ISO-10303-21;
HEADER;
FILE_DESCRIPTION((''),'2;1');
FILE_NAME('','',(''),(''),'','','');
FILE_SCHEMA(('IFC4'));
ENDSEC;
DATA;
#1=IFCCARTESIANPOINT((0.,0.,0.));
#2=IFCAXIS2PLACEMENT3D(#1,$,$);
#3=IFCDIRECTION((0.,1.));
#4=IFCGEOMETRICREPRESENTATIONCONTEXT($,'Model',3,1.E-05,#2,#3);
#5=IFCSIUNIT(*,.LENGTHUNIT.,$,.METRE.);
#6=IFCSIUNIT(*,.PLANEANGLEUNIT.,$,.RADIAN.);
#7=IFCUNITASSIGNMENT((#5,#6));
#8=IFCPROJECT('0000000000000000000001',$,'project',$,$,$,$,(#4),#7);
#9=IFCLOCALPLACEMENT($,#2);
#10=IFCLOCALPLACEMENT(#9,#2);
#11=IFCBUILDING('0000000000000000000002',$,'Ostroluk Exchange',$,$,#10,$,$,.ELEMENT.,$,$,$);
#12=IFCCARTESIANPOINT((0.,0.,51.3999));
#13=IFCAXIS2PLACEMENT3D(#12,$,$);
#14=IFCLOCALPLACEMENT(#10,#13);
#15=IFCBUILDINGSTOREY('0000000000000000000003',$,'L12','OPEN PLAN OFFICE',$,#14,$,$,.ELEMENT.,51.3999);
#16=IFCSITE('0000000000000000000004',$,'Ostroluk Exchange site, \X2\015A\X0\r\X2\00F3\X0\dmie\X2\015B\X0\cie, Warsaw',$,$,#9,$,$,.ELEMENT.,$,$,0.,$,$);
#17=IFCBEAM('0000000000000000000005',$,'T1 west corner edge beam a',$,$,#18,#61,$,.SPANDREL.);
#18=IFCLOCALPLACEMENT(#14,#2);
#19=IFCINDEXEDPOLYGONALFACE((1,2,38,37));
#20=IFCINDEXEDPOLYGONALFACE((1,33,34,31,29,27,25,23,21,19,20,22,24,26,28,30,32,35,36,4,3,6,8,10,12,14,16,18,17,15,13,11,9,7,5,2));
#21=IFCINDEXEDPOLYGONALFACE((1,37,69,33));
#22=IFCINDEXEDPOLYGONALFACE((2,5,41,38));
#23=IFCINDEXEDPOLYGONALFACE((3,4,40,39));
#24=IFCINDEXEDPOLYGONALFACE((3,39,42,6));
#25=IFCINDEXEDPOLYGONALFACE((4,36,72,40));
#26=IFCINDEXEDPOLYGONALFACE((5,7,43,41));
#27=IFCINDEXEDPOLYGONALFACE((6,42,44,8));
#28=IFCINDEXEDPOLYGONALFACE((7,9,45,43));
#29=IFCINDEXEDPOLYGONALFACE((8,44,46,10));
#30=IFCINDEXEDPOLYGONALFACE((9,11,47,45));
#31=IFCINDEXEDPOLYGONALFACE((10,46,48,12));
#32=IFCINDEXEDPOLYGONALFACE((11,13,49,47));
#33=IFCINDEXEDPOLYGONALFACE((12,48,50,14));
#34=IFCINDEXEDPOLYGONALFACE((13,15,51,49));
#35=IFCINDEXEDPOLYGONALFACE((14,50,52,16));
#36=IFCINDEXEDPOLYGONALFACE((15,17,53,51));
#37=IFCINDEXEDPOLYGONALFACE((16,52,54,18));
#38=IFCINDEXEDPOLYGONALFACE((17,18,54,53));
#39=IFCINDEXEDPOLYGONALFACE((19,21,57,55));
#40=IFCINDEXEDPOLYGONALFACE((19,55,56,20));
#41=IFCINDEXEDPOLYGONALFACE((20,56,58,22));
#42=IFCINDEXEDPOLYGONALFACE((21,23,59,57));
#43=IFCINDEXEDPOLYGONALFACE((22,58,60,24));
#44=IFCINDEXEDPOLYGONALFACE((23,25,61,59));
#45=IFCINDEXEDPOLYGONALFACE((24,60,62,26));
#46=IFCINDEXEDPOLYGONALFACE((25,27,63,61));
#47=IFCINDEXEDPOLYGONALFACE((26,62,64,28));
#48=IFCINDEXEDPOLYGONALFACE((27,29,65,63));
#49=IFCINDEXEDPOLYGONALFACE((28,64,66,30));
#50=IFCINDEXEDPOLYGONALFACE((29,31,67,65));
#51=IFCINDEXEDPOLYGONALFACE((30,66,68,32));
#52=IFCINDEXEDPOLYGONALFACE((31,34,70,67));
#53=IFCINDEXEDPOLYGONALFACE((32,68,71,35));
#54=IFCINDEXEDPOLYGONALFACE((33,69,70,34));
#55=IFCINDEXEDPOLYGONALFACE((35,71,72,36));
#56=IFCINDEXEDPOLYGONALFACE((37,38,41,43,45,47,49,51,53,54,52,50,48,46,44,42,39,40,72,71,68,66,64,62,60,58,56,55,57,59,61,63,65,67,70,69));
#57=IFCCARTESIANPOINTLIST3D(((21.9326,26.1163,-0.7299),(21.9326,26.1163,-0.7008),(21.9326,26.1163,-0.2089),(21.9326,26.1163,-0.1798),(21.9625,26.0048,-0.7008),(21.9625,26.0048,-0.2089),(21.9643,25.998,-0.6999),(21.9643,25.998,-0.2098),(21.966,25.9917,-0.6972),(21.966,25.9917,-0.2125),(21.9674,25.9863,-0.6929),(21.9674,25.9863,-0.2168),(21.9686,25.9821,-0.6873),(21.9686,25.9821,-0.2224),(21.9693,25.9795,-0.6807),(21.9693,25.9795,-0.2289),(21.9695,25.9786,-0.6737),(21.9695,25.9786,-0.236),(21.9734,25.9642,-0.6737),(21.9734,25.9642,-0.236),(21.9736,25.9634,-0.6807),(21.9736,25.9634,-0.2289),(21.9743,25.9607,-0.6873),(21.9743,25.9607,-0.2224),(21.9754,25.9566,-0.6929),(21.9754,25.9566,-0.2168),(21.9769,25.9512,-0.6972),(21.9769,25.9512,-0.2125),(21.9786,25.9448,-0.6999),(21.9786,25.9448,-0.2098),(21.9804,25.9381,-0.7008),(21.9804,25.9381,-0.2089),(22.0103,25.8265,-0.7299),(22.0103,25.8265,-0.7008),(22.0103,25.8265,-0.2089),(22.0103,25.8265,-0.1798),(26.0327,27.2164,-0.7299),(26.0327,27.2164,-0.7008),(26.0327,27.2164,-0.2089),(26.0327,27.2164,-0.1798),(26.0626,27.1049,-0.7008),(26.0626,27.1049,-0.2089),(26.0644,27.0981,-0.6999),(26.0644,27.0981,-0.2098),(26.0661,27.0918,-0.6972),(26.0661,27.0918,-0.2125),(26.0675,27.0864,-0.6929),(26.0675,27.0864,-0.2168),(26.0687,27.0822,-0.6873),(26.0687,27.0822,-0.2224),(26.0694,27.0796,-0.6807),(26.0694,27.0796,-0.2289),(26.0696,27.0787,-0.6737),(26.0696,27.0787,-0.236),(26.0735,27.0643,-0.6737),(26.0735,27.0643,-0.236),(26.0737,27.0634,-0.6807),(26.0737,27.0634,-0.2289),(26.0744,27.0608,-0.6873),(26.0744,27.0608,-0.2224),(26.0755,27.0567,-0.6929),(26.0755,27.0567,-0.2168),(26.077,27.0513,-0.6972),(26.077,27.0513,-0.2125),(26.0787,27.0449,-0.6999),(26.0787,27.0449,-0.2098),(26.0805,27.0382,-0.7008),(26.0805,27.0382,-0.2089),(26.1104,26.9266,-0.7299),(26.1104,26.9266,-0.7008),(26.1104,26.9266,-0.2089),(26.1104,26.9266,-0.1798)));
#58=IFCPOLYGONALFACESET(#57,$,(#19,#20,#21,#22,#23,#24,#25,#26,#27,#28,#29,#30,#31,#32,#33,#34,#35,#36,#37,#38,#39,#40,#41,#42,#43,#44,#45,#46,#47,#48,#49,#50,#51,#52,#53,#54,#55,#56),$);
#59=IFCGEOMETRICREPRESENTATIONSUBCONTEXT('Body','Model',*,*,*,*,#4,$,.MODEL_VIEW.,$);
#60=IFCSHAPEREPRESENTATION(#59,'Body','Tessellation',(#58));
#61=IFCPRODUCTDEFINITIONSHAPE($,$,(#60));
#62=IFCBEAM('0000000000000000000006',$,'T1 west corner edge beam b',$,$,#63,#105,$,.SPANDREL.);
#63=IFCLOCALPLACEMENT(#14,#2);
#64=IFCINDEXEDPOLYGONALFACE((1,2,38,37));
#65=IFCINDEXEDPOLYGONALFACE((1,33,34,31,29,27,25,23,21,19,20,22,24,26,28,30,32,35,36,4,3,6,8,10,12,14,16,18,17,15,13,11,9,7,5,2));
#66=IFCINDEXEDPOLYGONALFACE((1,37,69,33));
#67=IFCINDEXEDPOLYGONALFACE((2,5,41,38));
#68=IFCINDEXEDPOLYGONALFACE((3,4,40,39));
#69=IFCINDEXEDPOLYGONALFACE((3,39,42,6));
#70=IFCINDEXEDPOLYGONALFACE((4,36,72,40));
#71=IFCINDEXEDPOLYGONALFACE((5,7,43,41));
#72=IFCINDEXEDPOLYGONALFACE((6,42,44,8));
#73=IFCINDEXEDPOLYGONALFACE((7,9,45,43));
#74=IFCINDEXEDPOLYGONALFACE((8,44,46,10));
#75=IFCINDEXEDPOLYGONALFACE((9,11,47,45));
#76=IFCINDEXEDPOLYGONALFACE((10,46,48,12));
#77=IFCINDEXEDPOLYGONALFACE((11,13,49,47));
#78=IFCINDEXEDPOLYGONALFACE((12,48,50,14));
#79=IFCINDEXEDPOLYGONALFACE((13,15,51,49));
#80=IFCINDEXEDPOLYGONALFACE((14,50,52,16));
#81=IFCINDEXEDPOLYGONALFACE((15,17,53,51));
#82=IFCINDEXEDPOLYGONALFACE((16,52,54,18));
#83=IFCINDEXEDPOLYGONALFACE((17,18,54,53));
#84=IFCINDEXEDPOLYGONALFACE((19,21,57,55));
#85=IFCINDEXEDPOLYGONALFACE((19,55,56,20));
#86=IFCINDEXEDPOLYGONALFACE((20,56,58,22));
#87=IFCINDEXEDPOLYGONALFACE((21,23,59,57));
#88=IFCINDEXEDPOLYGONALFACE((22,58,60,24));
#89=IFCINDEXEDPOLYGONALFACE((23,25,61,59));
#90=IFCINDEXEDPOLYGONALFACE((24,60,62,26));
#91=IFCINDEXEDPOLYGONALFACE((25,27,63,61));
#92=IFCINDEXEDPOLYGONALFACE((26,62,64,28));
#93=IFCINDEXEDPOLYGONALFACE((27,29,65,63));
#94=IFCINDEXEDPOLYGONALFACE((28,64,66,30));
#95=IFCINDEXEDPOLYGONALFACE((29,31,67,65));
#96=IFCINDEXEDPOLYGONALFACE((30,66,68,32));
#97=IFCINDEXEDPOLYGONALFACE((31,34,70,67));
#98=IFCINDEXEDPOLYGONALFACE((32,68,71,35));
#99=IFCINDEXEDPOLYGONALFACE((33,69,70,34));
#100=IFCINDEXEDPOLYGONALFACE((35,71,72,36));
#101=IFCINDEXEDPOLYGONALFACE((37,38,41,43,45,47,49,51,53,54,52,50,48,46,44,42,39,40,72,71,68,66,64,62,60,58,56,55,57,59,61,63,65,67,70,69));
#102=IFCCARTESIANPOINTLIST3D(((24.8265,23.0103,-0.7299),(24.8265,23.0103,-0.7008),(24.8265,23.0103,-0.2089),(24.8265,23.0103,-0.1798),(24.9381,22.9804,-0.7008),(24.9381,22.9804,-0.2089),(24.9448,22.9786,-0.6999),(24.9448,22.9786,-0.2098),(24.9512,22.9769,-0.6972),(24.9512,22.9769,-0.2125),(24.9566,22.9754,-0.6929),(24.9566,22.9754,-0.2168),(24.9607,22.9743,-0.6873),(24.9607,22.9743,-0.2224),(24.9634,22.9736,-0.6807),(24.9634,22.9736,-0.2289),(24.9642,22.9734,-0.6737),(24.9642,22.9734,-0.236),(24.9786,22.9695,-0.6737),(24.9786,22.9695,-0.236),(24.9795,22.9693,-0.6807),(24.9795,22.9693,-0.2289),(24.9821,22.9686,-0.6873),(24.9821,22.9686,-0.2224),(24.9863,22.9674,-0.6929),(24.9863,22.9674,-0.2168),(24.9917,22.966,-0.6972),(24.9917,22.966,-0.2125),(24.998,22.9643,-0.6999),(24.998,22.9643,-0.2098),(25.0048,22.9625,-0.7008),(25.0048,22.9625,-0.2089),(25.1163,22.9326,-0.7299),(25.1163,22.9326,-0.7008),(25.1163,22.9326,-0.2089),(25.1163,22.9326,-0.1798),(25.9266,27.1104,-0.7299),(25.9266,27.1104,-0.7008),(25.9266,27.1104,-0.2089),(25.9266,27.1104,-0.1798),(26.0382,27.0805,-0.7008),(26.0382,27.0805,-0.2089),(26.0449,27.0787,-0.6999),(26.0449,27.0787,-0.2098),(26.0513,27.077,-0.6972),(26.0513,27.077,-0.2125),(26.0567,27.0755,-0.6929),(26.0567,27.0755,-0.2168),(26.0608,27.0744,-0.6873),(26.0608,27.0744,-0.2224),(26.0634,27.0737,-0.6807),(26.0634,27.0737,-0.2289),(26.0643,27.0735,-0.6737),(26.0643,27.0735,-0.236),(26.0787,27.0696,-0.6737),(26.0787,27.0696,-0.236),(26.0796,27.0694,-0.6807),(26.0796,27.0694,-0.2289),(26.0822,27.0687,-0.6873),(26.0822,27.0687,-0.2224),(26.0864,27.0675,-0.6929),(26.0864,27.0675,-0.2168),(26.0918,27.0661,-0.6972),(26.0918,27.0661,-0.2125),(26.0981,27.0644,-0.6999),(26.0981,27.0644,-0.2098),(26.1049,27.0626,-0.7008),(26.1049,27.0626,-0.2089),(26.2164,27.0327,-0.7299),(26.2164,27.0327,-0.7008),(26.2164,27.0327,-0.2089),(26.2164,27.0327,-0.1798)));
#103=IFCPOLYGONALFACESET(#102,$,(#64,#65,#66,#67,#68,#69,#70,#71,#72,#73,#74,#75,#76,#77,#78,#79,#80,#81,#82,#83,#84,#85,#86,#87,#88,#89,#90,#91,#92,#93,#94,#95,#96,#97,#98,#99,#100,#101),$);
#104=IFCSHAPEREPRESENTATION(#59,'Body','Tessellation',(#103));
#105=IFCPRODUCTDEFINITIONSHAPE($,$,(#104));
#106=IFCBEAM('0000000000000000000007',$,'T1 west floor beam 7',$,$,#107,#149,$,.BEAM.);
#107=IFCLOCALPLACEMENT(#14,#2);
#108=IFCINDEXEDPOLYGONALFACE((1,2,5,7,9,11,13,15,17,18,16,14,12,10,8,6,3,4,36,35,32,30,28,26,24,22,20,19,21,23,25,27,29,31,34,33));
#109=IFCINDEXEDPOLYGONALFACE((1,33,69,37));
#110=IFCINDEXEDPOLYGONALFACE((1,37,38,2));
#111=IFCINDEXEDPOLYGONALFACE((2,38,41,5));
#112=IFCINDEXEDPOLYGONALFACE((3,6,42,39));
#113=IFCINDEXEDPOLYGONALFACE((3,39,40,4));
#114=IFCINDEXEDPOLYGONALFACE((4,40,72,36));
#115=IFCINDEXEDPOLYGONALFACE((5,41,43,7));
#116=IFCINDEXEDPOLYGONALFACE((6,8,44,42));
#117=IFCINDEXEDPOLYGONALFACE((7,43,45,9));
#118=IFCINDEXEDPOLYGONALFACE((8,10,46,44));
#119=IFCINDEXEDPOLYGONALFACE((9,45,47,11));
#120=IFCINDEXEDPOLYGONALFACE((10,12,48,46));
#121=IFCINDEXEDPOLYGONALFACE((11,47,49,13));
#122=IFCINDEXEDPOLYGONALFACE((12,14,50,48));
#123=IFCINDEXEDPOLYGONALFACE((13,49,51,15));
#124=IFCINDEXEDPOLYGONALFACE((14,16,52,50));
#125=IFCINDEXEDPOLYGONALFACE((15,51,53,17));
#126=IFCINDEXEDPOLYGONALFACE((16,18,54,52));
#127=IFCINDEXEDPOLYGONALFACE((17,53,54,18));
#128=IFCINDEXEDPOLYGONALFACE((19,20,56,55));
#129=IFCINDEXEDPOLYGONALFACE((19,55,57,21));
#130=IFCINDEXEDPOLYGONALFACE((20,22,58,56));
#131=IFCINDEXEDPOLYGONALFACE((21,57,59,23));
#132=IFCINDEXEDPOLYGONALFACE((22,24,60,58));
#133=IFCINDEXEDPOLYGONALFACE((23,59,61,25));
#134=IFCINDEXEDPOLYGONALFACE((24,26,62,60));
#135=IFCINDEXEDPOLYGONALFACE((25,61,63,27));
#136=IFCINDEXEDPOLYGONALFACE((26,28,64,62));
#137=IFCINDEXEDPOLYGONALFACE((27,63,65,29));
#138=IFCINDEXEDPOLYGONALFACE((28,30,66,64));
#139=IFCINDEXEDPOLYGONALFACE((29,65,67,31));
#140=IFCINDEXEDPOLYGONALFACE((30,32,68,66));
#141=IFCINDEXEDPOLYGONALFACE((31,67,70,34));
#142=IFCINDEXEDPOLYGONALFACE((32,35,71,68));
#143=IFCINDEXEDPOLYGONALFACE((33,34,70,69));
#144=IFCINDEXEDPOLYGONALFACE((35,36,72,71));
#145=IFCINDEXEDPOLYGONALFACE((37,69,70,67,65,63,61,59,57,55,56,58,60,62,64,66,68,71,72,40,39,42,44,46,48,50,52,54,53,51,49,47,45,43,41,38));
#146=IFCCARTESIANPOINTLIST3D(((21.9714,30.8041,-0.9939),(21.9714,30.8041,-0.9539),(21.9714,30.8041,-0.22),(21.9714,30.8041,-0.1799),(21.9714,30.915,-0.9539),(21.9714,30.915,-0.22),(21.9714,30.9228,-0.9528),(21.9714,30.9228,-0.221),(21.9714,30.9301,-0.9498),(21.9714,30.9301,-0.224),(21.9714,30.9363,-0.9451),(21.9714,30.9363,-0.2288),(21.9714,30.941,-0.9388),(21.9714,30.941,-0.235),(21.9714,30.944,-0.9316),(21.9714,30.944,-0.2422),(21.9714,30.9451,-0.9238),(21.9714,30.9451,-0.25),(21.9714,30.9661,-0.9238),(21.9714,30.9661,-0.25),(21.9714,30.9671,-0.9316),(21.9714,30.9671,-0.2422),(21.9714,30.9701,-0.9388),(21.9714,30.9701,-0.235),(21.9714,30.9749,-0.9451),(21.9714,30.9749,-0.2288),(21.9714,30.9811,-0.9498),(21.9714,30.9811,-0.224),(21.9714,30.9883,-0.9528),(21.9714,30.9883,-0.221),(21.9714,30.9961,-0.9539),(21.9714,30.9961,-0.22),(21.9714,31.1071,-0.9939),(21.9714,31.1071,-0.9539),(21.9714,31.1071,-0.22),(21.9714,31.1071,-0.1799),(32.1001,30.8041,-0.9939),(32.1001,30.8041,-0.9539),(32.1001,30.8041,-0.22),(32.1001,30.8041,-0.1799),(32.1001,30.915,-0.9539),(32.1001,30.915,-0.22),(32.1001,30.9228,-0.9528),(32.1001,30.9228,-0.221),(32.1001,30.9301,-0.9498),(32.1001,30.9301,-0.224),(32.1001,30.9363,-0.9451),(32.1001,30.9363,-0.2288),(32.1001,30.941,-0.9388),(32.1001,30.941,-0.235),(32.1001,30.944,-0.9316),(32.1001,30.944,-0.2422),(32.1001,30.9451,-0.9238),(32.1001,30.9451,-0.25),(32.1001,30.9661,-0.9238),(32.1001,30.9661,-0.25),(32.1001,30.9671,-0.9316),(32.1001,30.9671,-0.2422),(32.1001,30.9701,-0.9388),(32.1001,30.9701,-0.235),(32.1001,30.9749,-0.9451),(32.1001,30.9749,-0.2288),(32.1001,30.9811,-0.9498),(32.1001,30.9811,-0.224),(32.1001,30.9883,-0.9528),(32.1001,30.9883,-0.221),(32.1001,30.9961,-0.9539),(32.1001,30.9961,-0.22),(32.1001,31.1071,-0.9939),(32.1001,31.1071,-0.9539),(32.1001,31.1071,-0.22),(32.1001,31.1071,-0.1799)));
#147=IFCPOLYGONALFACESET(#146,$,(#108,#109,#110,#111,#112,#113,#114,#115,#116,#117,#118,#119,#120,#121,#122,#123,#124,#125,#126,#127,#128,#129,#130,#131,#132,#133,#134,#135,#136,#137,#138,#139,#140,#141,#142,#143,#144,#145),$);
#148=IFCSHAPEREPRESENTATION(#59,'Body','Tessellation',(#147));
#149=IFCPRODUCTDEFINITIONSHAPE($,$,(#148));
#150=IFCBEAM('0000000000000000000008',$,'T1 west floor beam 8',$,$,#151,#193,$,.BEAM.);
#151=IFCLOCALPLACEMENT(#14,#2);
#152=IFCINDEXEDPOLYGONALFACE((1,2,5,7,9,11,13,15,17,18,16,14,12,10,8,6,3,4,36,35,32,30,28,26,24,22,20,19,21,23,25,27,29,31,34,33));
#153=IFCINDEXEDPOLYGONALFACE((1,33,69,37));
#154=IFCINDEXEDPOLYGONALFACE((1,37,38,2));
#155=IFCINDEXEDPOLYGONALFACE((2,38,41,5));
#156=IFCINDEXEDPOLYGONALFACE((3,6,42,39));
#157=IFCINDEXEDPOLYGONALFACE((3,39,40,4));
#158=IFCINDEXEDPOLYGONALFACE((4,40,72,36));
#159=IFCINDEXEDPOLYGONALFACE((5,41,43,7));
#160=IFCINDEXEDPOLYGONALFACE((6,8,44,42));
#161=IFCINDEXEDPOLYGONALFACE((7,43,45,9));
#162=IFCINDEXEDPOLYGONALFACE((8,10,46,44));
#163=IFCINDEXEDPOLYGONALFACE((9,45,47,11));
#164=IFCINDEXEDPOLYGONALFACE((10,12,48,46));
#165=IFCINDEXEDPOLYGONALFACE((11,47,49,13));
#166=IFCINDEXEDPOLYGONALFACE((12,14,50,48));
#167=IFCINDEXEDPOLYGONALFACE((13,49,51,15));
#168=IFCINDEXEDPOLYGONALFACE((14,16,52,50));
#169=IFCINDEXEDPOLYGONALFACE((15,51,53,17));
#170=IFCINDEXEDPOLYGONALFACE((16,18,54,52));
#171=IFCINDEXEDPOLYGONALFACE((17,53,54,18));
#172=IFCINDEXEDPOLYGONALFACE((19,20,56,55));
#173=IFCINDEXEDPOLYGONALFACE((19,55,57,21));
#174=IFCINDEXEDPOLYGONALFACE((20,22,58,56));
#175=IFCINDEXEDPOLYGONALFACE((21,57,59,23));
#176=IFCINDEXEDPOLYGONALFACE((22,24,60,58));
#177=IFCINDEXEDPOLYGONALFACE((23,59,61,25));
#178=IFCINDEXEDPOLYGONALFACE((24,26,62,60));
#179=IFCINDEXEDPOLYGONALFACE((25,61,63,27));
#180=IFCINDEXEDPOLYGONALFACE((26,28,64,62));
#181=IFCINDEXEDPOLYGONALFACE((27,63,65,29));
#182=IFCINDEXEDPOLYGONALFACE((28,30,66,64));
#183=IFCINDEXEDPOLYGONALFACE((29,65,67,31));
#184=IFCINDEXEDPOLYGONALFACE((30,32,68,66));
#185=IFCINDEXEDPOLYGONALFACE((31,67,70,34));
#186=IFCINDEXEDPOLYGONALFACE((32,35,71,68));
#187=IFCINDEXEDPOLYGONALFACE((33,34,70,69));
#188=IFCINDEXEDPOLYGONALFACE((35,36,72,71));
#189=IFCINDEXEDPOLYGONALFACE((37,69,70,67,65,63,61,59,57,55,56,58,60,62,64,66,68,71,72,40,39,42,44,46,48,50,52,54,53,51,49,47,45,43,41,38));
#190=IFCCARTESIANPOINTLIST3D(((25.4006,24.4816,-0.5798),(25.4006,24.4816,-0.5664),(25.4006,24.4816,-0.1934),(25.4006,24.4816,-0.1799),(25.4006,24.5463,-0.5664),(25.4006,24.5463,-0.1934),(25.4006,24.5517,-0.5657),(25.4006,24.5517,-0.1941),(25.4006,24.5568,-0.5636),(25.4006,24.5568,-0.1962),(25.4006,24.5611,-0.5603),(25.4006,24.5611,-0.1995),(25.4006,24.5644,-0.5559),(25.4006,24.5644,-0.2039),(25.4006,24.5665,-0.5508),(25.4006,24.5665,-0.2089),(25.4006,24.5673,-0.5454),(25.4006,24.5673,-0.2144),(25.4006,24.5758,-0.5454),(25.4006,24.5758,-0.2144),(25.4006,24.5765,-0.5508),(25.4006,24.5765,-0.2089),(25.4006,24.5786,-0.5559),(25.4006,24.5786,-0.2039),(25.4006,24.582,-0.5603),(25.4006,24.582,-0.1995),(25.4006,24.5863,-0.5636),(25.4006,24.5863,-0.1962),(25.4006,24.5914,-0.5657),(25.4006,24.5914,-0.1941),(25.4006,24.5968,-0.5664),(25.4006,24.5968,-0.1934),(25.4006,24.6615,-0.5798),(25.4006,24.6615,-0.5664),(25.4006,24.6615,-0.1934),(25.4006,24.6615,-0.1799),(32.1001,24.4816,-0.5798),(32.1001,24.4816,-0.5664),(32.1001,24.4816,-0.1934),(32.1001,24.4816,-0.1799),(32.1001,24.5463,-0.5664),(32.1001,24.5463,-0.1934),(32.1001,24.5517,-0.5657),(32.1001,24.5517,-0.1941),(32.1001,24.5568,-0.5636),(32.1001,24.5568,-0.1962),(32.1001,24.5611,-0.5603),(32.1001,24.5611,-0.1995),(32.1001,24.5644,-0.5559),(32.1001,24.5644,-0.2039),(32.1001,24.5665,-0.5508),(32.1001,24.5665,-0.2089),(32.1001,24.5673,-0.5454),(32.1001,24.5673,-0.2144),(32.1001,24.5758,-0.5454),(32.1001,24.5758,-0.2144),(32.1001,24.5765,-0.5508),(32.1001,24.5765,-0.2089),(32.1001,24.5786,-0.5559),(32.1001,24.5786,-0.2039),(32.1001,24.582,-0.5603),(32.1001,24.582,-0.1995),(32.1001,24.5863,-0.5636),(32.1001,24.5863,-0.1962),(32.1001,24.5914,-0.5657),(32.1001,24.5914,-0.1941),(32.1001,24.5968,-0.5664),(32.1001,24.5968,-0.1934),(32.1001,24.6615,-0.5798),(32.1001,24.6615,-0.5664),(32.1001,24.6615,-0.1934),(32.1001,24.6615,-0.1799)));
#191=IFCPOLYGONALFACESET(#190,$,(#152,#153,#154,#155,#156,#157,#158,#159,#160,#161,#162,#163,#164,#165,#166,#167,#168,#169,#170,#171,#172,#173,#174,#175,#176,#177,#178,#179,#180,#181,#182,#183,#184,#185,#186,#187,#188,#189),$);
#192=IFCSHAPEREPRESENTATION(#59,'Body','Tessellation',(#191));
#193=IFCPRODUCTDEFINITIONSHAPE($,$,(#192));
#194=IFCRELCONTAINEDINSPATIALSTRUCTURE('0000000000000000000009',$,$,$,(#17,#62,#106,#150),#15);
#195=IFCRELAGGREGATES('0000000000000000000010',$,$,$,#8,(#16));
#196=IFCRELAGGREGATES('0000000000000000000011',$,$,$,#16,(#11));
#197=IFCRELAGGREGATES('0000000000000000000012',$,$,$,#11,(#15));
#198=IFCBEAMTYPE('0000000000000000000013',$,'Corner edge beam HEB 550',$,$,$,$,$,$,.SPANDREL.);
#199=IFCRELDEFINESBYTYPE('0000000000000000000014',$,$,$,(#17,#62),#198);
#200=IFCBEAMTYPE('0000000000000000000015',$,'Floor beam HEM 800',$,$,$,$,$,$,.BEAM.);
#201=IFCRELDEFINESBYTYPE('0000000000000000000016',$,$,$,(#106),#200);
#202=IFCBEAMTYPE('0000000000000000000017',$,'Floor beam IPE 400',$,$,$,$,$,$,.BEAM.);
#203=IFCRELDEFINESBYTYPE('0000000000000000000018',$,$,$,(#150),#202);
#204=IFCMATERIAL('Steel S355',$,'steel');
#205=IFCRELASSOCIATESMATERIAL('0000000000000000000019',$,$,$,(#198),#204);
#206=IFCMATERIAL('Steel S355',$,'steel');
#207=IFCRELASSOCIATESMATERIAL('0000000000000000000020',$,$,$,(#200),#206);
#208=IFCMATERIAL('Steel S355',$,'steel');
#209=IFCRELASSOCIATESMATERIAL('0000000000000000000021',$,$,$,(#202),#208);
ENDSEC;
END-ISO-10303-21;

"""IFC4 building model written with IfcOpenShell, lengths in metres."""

from ifc_helpers import new_model, si_unit, direction, frame, origin, origin_2d, place, context, subcontext, project, spatial, i_section, extrude, material, material_profile, profile_set, type_object, element, save


model = new_model("IFC4")

# Units and contexts
model_context = context("Model", 3, precision=1e-05, world=origin(), true_north=direction((0.0, 1.0)))
body_context = subcontext(model_context, "Body", "Model", "MODEL_VIEW")
ifc_project = project(units=[si_unit("LENGTHUNIT", "METRE"), si_unit("PLANEANGLEUNIT", "RADIAN")], contexts=[model_context])

# Site, building, storey
site_placement = place(None, origin())
site = spatial("IfcSite", under=ifc_project, at=site_placement, Name="Ostroluk Exchange site, Śródmieście, Warsaw", CompositionType="ELEMENT", RefElevation=0.0)
building_placement = place(site_placement, origin())
building = spatial("IfcBuilding", under=site, at=building_placement, Name="Ostroluk Exchange", CompositionType="ELEMENT")
storey_placement = place(building_placement, frame((0.0, 0.0, 51.3999)))
storey = spatial("IfcBuildingStorey", under=building, at=storey_placement, Name="L12", Description="OPEN PLAN OFFICE", CompositionType="ELEMENT", Elevation=51.3999)

# Beams
ifc_material_1 = material(Name="Steel S355", Category="steel")
ifc_material_profile_1 = material_profile(ifc_material_1, i_section(OverallWidth=0.3, OverallDepth=0.55, WebThickness=0.0149, FlangeThickness=0.0291, FilletRadius=0.0271, at=origin_2d()), Name="HEB 550")
ifc_profile_set_1 = profile_set([ifc_material_profile_1], Name="Steel S355")
beam_type_1 = type_object("IfcBeamType", Name="Corner edge beam HEB 550", PredefinedType="SPANDREL", material=ifc_profile_set_1)
for number, where, z_axis, x_axis, name in (
    (1, (26.0715, 27.0715, -0.4548), (-0.965839, -0.259144, 0.0), (0.259144, -0.965839, 0.0), "T1 west corner edge beam a"),
    (2, (26.0715, 27.0715, -0.4548), (-0.259144, -0.965839, 0.0), (0.965839, -0.259144, 0.0), "T1 west corner edge beam b"),
):
    element("IfcBeam", number, at=place(storey_placement, frame(where, z_axis=z_axis, x_axis=x_axis)), inside=storey, type_object=beam_type_1, Name=name, PredefinedType="SPANDREL", context=body_context, shape_type="SweptSolid", body=[
        extrude(i_section(OverallWidth=0.3, OverallDepth=0.55, WebThickness=0.0149, FlangeThickness=0.0291, FilletRadius=0.0271, at=origin_2d()), origin(), (0.0, 0.0, 1.0), 4.2451),
    ])
ifc_material_2 = material(Name="Steel S355", Category="steel")
ifc_material_profile_2 = material_profile(ifc_material_2, i_section(OverallWidth=0.303, OverallDepth=0.814, WebThickness=0.021, FlangeThickness=0.04, FilletRadius=0.03, at=origin_2d()), Name="HEM 800")
ifc_profile_set_2 = profile_set([ifc_material_profile_2], Name="Steel S355")
beam_type_2 = type_object("IfcBeamType", Name="Floor beam HEM 800", PredefinedType="BEAM", material=ifc_profile_set_2)
beam_1_placement = place(storey_placement, frame((32.1001, 30.9556, -0.5869), z_axis=(-1.0, 0.0, 0.0), x_axis=(0.0, -1.0, 0.0)))
element("IfcBeam", 3, at=beam_1_placement, inside=storey, type_object=beam_type_2, Name="T1 west floor beam 7", PredefinedType="BEAM", context=body_context, shape_type="SweptSolid", body=[
    extrude(i_section(OverallWidth=0.303, OverallDepth=0.814, WebThickness=0.021, FlangeThickness=0.04, FilletRadius=0.03, at=origin_2d()), origin(), (0.0, 0.0, 1.0), 10.1287),
])
ifc_material_3 = material(Name="Steel S355", Category="steel")
ifc_material_profile_3 = material_profile(ifc_material_3, i_section(OverallWidth=0.1799, OverallDepth=0.3999, WebThickness=0.0085, FlangeThickness=0.0134, FilletRadius=0.021, at=origin_2d()), Name="IPE 400")
ifc_profile_set_3 = profile_set([ifc_material_profile_3], Name="Steel S355")
beam_type_3 = type_object("IfcBeamType", Name="Floor beam IPE 400", PredefinedType="BEAM", material=ifc_profile_set_3)
beam_2_placement = place(storey_placement, frame((32.1001, 24.5715, -0.3799), z_axis=(-1.0, 0.0, 0.0), x_axis=(0.0, -1.0, 0.0)))
element("IfcBeam", 4, at=beam_2_placement, inside=storey, type_object=beam_type_3, Name="T1 west floor beam 8", PredefinedType="BEAM", context=body_context, shape_type="SweptSolid", body=[
    extrude(i_section(OverallWidth=0.1799, OverallDepth=0.3999, WebThickness=0.0085, FlangeThickness=0.0134, FilletRadius=0.021, at=origin_2d()), origin(), (0.0, 0.0, 1.0), 6.6995),
])

save(model, "model.ifc")
